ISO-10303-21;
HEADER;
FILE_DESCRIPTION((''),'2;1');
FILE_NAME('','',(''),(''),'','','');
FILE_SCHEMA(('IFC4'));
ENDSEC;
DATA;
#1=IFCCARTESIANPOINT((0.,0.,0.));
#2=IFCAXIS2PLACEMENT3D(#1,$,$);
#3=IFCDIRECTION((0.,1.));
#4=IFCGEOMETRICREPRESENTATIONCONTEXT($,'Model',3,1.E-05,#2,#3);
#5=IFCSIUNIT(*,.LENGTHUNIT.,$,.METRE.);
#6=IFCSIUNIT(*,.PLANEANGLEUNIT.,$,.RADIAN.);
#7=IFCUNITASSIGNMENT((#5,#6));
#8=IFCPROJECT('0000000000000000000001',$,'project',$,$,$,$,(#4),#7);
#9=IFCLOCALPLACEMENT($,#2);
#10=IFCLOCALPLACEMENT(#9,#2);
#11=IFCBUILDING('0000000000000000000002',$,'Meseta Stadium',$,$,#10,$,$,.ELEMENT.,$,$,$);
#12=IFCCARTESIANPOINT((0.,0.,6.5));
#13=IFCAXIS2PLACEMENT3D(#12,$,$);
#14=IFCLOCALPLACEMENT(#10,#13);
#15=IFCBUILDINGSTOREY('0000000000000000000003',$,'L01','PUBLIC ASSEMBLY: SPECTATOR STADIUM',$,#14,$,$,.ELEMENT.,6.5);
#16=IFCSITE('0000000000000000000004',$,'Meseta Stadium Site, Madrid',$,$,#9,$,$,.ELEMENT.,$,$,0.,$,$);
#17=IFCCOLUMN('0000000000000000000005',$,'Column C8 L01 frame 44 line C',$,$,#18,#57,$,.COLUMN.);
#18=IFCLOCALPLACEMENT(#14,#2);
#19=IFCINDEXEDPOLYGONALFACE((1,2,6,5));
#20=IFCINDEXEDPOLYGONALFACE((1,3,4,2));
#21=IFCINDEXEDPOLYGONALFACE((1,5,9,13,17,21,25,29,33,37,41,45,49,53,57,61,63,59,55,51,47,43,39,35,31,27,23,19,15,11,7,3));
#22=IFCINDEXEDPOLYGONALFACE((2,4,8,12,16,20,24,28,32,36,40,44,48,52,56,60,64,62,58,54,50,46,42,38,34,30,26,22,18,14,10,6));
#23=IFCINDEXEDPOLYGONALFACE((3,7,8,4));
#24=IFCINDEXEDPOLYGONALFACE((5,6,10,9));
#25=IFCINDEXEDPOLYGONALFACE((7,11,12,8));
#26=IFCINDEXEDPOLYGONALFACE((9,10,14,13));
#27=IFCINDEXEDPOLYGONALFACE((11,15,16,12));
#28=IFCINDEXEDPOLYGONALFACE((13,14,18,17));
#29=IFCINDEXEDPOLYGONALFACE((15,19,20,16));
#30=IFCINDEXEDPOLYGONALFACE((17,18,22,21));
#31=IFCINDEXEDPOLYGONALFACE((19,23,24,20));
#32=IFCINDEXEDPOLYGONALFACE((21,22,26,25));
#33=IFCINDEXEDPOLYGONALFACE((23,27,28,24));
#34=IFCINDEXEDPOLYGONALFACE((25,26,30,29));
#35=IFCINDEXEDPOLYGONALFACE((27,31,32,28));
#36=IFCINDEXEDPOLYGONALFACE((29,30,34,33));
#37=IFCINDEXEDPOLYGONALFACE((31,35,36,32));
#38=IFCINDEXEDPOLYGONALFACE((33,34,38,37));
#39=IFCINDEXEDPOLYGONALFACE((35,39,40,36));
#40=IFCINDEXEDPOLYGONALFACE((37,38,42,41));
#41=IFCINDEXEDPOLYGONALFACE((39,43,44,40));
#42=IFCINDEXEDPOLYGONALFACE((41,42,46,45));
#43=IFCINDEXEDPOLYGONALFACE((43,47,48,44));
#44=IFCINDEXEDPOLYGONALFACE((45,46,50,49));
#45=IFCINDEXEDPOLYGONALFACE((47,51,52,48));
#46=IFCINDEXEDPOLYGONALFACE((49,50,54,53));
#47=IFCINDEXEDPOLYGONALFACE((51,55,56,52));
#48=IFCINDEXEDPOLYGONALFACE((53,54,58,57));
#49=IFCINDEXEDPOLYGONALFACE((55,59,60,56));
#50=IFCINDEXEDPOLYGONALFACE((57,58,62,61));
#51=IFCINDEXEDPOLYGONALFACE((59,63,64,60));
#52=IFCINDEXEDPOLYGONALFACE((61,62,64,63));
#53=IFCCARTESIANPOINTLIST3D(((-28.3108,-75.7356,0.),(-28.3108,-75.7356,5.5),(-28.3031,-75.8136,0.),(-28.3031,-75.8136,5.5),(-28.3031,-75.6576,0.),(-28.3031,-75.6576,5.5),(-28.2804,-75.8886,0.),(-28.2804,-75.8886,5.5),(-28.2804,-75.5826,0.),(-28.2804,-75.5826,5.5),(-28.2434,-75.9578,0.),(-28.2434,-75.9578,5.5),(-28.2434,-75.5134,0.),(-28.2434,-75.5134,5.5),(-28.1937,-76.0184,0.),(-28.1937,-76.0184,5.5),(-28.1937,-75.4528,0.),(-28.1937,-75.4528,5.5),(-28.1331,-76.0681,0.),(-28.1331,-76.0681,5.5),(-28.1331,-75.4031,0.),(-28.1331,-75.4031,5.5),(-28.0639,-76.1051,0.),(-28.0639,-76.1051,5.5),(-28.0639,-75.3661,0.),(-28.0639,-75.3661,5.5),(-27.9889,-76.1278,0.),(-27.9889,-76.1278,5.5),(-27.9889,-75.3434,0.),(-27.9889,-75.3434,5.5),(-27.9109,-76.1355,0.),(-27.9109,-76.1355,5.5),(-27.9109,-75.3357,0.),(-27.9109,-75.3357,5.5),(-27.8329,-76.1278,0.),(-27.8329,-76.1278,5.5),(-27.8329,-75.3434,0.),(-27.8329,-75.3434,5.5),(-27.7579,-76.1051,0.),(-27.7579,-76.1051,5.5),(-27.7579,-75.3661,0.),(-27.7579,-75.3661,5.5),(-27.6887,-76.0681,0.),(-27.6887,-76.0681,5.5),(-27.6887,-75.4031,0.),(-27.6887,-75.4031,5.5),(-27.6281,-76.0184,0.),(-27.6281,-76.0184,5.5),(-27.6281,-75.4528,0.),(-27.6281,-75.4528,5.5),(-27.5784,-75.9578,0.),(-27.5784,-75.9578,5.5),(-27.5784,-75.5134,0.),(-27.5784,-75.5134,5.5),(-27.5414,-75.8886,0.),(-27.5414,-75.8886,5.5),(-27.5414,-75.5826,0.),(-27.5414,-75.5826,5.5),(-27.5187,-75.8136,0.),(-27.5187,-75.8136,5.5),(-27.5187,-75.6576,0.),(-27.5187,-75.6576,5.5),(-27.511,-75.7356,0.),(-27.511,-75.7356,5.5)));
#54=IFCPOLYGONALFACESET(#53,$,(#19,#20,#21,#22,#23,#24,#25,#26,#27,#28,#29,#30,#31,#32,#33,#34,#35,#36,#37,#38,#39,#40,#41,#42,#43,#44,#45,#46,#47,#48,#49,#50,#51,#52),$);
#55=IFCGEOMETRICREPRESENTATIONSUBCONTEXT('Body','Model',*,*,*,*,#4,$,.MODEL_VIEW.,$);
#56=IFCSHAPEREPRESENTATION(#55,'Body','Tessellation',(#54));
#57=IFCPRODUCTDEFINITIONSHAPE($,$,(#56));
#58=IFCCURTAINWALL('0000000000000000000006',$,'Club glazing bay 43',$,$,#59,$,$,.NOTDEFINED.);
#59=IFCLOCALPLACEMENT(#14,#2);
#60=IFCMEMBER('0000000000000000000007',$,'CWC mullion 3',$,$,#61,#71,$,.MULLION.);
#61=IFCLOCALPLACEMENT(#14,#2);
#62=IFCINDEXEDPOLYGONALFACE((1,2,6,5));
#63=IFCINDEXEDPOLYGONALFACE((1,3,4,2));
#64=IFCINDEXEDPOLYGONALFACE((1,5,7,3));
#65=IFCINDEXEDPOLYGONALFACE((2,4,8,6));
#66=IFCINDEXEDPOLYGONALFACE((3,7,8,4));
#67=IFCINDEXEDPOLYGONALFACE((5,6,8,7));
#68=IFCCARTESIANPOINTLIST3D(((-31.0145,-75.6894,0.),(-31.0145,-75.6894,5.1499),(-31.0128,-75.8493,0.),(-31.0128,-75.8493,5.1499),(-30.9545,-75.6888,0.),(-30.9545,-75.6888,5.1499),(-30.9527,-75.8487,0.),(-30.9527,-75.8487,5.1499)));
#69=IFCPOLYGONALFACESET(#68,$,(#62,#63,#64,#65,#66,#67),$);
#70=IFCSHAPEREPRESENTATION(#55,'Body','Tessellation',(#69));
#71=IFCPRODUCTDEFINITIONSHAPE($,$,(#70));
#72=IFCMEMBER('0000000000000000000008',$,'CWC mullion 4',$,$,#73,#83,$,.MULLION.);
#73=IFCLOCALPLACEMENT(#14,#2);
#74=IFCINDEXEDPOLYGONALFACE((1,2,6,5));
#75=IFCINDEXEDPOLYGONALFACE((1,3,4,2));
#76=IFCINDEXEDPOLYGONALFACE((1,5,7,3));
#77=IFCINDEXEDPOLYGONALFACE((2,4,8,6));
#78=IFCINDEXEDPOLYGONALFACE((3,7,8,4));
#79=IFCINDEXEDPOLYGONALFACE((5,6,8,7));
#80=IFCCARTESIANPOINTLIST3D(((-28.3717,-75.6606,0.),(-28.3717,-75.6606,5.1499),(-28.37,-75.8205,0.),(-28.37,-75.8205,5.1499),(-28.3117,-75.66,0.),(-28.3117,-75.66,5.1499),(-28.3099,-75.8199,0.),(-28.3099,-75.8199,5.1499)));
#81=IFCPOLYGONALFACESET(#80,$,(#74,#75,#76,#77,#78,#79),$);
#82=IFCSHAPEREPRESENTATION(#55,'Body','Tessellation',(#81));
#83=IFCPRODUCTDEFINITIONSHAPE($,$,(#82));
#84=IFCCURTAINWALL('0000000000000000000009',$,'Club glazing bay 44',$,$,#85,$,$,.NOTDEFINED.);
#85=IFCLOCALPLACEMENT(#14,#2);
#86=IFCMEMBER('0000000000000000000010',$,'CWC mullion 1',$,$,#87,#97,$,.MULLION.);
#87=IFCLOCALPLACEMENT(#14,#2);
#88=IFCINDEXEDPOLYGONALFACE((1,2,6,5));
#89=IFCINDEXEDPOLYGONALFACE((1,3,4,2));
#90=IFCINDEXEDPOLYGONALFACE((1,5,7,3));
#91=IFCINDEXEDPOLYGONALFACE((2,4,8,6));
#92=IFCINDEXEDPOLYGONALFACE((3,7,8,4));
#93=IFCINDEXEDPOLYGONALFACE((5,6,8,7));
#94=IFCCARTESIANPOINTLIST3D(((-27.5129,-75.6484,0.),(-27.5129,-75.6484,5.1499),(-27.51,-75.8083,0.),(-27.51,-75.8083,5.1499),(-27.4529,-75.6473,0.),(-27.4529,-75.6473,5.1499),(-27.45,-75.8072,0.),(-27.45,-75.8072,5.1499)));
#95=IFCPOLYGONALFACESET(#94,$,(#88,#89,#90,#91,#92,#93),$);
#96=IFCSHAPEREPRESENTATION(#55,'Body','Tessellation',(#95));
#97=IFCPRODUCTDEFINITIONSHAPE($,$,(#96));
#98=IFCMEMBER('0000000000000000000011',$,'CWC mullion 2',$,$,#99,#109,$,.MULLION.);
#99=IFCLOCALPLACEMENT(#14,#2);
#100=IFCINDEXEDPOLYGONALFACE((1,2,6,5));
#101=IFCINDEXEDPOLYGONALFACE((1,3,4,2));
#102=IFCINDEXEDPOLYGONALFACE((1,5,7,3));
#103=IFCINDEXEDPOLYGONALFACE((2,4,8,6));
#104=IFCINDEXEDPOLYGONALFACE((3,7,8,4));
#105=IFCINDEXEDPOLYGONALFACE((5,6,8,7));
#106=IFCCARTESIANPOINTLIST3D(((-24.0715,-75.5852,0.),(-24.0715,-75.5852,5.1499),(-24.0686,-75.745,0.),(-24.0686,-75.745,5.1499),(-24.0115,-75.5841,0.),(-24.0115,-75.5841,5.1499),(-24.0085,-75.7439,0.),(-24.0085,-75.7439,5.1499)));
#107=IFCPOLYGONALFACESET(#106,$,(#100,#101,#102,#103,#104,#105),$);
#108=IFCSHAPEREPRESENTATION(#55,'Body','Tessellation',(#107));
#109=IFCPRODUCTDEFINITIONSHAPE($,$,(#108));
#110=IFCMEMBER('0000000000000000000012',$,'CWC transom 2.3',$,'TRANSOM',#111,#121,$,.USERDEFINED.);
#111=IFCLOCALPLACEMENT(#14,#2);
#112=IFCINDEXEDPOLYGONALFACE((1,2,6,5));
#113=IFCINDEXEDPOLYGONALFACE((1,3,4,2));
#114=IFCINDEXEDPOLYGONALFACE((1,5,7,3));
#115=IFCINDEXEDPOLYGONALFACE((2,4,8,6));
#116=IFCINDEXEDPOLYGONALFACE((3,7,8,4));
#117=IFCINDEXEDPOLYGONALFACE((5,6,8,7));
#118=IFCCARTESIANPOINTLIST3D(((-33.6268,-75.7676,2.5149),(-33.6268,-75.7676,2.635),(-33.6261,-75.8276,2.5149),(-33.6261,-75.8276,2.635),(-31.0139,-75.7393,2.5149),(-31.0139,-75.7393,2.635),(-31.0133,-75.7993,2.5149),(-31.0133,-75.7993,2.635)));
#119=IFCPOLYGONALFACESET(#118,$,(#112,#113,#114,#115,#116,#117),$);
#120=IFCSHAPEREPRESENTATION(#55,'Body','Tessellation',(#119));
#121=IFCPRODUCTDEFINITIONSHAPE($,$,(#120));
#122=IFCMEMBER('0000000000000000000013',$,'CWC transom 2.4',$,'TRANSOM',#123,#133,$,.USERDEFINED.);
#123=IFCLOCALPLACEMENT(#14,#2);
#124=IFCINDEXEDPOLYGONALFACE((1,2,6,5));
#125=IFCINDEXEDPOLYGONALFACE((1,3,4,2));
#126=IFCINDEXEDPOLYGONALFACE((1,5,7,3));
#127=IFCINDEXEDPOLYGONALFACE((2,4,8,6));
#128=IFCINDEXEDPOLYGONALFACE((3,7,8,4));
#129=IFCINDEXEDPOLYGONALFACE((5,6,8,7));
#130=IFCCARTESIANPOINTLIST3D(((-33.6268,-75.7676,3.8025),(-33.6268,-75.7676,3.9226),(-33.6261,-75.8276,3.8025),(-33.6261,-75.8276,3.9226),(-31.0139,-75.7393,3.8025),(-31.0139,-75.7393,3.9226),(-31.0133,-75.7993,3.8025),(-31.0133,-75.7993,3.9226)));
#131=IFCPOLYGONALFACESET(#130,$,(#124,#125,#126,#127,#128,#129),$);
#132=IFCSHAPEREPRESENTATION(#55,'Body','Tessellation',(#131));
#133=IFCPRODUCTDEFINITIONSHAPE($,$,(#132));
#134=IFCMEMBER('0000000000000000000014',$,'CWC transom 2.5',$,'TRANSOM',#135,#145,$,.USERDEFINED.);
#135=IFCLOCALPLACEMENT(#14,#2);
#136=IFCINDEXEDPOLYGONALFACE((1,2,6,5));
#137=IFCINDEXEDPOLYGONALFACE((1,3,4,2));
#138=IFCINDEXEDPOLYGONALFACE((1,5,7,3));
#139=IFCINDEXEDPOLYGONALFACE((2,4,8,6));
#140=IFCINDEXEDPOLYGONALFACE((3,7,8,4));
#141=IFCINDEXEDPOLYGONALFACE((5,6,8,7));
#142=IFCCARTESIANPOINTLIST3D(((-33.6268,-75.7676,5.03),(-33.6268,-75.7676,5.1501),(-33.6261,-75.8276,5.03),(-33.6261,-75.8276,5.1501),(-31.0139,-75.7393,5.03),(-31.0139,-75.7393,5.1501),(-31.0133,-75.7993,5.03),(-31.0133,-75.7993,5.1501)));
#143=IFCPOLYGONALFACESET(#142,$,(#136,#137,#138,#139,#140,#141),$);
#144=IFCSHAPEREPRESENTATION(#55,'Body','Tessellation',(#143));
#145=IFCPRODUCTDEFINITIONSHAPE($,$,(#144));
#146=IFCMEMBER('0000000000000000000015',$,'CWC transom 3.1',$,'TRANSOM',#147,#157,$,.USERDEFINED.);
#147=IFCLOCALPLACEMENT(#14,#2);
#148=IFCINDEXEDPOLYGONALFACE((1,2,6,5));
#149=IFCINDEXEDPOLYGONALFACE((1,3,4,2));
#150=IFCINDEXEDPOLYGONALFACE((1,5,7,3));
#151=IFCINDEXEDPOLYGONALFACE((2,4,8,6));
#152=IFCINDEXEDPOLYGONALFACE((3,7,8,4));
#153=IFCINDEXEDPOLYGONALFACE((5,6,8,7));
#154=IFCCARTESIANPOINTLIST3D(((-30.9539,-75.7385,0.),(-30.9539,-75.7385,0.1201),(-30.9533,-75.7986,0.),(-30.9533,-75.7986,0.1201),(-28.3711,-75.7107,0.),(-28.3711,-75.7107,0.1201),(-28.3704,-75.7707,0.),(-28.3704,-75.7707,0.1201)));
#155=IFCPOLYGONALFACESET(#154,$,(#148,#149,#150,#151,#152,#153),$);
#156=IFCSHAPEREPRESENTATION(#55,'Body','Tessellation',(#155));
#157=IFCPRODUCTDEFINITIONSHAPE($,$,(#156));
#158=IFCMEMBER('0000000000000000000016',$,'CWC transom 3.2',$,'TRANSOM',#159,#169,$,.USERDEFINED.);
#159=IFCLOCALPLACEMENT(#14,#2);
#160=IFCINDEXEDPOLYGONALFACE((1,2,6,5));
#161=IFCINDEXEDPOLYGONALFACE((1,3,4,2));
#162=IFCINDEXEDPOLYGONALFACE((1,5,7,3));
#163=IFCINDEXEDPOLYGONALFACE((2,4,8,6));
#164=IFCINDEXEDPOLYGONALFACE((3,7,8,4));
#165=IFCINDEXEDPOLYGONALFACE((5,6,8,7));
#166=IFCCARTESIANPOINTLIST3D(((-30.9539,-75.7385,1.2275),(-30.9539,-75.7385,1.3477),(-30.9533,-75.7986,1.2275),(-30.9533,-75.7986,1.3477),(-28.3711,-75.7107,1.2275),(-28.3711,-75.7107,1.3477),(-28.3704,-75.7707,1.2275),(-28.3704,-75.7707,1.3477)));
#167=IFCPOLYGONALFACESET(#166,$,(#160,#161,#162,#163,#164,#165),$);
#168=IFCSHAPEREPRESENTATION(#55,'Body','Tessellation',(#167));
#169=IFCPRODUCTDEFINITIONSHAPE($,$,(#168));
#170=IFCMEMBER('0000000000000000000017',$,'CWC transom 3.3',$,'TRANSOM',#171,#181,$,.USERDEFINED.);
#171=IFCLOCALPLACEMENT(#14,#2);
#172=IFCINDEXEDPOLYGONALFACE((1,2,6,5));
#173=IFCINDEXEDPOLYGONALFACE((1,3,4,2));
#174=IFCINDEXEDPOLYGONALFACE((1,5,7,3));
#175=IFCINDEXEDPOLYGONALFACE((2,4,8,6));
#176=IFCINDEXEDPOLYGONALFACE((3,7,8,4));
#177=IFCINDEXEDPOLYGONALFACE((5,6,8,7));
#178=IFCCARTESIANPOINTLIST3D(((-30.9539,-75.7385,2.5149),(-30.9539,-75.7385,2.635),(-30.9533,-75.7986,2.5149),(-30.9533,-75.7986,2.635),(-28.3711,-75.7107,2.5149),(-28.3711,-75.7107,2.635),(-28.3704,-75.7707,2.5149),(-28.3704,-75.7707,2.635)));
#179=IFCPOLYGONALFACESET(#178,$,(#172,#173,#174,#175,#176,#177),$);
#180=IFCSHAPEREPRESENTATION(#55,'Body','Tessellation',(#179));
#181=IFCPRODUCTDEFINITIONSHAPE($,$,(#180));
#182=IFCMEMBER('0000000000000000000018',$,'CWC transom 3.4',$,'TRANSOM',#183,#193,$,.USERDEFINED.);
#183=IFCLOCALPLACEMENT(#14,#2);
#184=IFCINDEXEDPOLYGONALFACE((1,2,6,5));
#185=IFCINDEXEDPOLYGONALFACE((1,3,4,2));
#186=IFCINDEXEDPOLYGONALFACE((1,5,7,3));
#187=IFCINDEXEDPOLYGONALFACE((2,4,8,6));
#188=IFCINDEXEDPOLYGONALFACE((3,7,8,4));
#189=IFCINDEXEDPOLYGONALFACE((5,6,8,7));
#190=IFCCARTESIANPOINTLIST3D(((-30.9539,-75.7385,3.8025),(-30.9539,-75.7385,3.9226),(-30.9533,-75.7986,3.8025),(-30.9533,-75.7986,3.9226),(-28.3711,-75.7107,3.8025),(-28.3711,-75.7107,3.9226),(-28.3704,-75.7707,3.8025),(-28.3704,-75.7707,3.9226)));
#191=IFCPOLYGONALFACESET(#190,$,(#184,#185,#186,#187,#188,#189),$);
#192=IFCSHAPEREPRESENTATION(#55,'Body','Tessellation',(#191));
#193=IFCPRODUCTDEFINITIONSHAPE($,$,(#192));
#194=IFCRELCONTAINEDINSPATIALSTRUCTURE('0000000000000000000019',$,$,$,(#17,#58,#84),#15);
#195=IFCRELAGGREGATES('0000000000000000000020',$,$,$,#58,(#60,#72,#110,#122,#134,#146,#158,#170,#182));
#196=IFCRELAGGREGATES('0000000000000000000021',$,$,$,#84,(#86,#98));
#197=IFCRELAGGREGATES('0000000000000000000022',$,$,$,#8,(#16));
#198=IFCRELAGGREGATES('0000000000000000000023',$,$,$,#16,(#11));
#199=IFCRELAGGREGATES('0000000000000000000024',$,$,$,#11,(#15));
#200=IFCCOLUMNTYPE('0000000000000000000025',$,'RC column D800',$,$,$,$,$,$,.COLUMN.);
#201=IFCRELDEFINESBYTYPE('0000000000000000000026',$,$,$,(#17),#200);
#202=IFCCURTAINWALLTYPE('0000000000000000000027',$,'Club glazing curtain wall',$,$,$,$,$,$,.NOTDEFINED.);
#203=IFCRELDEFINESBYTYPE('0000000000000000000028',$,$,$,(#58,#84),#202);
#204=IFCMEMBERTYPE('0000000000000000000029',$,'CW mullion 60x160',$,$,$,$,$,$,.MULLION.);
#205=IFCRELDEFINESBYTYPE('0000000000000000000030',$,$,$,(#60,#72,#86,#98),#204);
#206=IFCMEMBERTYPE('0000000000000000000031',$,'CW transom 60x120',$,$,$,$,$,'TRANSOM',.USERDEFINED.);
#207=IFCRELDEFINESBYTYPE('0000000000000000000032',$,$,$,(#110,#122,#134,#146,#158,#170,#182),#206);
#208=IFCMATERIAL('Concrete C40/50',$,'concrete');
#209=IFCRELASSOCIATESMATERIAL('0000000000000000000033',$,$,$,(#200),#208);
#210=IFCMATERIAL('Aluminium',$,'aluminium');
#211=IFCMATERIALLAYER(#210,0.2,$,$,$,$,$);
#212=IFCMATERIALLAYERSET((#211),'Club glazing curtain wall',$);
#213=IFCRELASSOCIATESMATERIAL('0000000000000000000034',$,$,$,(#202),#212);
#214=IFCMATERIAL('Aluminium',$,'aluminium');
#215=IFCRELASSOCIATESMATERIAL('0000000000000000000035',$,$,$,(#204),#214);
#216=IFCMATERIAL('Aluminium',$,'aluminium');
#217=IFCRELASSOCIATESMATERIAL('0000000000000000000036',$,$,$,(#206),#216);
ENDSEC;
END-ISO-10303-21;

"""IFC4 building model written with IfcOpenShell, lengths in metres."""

from ifc_helpers import new_model, si_unit, direction, frame, origin, origin_2d, place, context, subcontext, project, spatial, rectangle, circle, extrude, material, layer, layer_set, material_profile, profile_set, type_object, element, aggregate, save


model = new_model("IFC4")

# Units and contexts
model_context = context("Model", 3, precision=1e-05, world=origin(), true_north=direction((0.0, 1.0)))
body_context = subcontext(model_context, "Body", "Model", "MODEL_VIEW")
ifc_project = project(units=[si_unit("LENGTHUNIT", "METRE"), si_unit("PLANEANGLEUNIT", "RADIAN")], contexts=[model_context])

# Site, building, storey
site_placement = place(None, origin())
site = spatial("IfcSite", under=ifc_project, at=site_placement, Name="Meseta Stadium Site, Madrid", CompositionType="ELEMENT", RefElevation=0.0)
building_placement = place(site_placement, origin())
building = spatial("IfcBuilding", under=site, at=building_placement, Name="Meseta Stadium", CompositionType="ELEMENT")
storey_placement = place(building_placement, frame((0.0, 0.0, 6.5)))
storey = spatial("IfcBuildingStorey", under=building, at=storey_placement, Name="L01", Description="PUBLIC ASSEMBLY: SPECTATOR STADIUM", CompositionType="ELEMENT", Elevation=6.5)

# Column
ifc_material_1 = material(Name="Concrete C40/50", Category="concrete")
ifc_material_profile_1 = material_profile(ifc_material_1, circle(Radius=0.3999, at=origin_2d()), Name="RC D800")
ifc_profile_set_1 = profile_set([ifc_material_profile_1], Name="Concrete C40/50")
column_type = type_object("IfcColumnType", Name="RC column D800", PredefinedType="COLUMN", material=ifc_profile_set_1)
column_placement = place(storey_placement, frame((-27.9109, -75.7356, 0.0), z_axis=(0.0, 0.0, 1.0), x_axis=(1.0, 0.0, 0.0)))
element("IfcColumn", 1, at=column_placement, inside=storey, type_object=column_type, Name="Column C8 L01 frame 44 line C", PredefinedType="COLUMN", context=body_context, shape_type="SweptSolid", body=[
    extrude(circle(Radius=0.3999, at=origin_2d()), origin(), (0.0, 0.0, 1.0), 5.5),
])

# Curtain walls, members
ifc_material_2 = material(Name="Aluminium", Category="aluminium")
ifc_layer_1 = layer(ifc_material_2, 0.2)
ifc_layer_set_1 = layer_set([ifc_layer_1], Name="Club glazing curtain wall")
curtain_wall_type = type_object("IfcCurtainWallType", Name="Club glazing curtain wall", PredefinedType="NOTDEFINED", material=ifc_layer_set_1)
curtain_wall_1_placement = place(storey_placement, origin())
curtain_wall_1 = element("IfcCurtainWall", 2, at=curtain_wall_1_placement, inside=storey, type_object=curtain_wall_type, Name="Club glazing bay 43", PredefinedType="NOTDEFINED")
ifc_material_3 = material(Name="Aluminium", Category="aluminium")
ifc_material_profile_2 = material_profile(ifc_material_3, rectangle(XDim=0.1599, YDim=0.0601, at=origin_2d()), Name="CW 160x60")
ifc_profile_set_2 = profile_set([ifc_material_profile_2], Name="Aluminium")
member_type_1 = type_object("IfcMemberType", Name="CW mullion 60x160", PredefinedType="MULLION", material=ifc_profile_set_2)
member_1_placement = place(storey_placement, frame((-30.9836, -75.769, 0.0), z_axis=(0.0, 0.0, 1.0), x_axis=(-0.010843, 0.999941, 0.0)))
member_1 = element("IfcMember", 3, at=member_1_placement, type_object=member_type_1, Name="CWC mullion 3", PredefinedType="MULLION", context=body_context, shape_type="SweptSolid", body=[
    extrude(rectangle(XDim=0.1599, YDim=0.0601, at=origin_2d()), origin(), (0.0, 0.0, 1.0), 5.1499),
])
member_2_placement = place(storey_placement, frame((-28.3408, -75.7402, 0.0), z_axis=(0.0, 0.0, 1.0), x_axis=(-0.010843, 0.999941, 0.0)))
member_2 = element("IfcMember", 4, at=member_2_placement, type_object=member_type_1, Name="CWC mullion 4", PredefinedType="MULLION", context=body_context, shape_type="SweptSolid", body=[
    extrude(rectangle(XDim=0.1599, YDim=0.0601, at=origin_2d()), origin(), (0.0, 0.0, 1.0), 5.1499),
])
curtain_wall_2_placement = place(storey_placement, origin())
curtain_wall_2 = element("IfcCurtainWall", 5, at=curtain_wall_2_placement, inside=storey, type_object=curtain_wall_type, Name="Club glazing bay 44", PredefinedType="NOTDEFINED")
member_3_placement = place(storey_placement, frame((-27.4814, -75.7278, 0.0), z_axis=(0.0, 0.0, 1.0), x_axis=(-0.018384, 0.999831, 0.0)))
member_3 = element("IfcMember", 6, at=member_3_placement, type_object=member_type_1, Name="CWC mullion 1", PredefinedType="MULLION", context=body_context, shape_type="SweptSolid", body=[
    extrude(rectangle(XDim=0.1599, YDim=0.0601, at=origin_2d()), origin(), (0.0, 0.0, 1.0), 5.1499),
])
member_4_placement = place(storey_placement, frame((-24.04, -75.6646, 0.0), z_axis=(0.0, 0.0, 1.0), x_axis=(-0.018384, 0.999831, 0.0)))
member_4 = element("IfcMember", 7, at=member_4_placement, type_object=member_type_1, Name="CWC mullion 2", PredefinedType="MULLION", context=body_context, shape_type="SweptSolid", body=[
    extrude(rectangle(XDim=0.1599, YDim=0.0601, at=origin_2d()), origin(), (0.0, 0.0, 1.0), 5.1499),
])

# Members
ifc_material_4 = material(Name="Aluminium", Category="aluminium")
ifc_material_profile_3 = material_profile(ifc_material_4, rectangle(XDim=0.0601, YDim=0.1201, at=origin_2d()), Name="CW 60x120")
ifc_profile_set_3 = profile_set([ifc_material_profile_3], Name="Aluminium")
member_type_2 = type_object("IfcMemberType", Name="CW transom 60x120", ElementType="TRANSOM", PredefinedType="USERDEFINED", material=ifc_profile_set_3)
member_5_placement = place(storey_placement, frame((-33.6265, -75.7976, 2.575), z_axis=(0.999941, 0.010838, 0.0), x_axis=(-0.010838, 0.999941, 0.0)))
member_5 = element("IfcMember", 8, at=member_5_placement, type_object=member_type_2, Name="CWC transom 2.3", ObjectType="TRANSOM", PredefinedType="USERDEFINED", context=body_context, shape_type="SweptSolid", body=[
    extrude(rectangle(XDim=0.0601, YDim=0.1201, at=origin_2d()), origin(), (0.0, 0.0, 1.0), 2.613),
])
member_6_placement = place(storey_placement, frame((-33.6265, -75.7976, 3.8625), z_axis=(0.999941, 0.010838, 0.0), x_axis=(-0.010838, 0.999941, 0.0)))
member_6 = element("IfcMember", 9, at=member_6_placement, type_object=member_type_2, Name="CWC transom 2.4", ObjectType="TRANSOM", PredefinedType="USERDEFINED", context=body_context, shape_type="SweptSolid", body=[
    extrude(rectangle(XDim=0.0601, YDim=0.1201, at=origin_2d()), origin(), (0.0, 0.0, 1.0), 2.613),
])
member_7_placement = place(storey_placement, frame((-33.6265, -75.7976, 5.0901), z_axis=(0.999941, 0.010838, 0.0), x_axis=(-0.010838, 0.999941, 0.0)))
member_7 = element("IfcMember", 10, at=member_7_placement, type_object=member_type_2, Name="CWC transom 2.5", ObjectType="TRANSOM", PredefinedType="USERDEFINED", context=body_context, shape_type="SweptSolid", body=[
    extrude(rectangle(XDim=0.0601, YDim=0.1201, at=origin_2d()), origin(), (0.0, 0.0, 1.0), 2.613),
])
member_8_placement = place(storey_placement, frame((-30.9536, -75.7686, 0.0601), z_axis=(0.999942, 0.010775, 0.0), x_axis=(-0.010775, 0.999942, 0.0)))
member_8 = element("IfcMember", 11, at=member_8_placement, type_object=member_type_2, Name="CWC transom 3.1", ObjectType="TRANSOM", PredefinedType="USERDEFINED", context=body_context, shape_type="SweptSolid", body=[
    extrude(rectangle(XDim=0.0601, YDim=0.1201, at=origin_2d()), origin(), (0.0, 0.0, 1.0), 2.583),
])
member_9_placement = place(storey_placement, frame((-30.9536, -75.7686, 1.2876), z_axis=(0.999942, 0.010775, 0.0), x_axis=(-0.010775, 0.999942, 0.0)))
member_9 = element("IfcMember", 12, at=member_9_placement, type_object=member_type_2, Name="CWC transom 3.2", ObjectType="TRANSOM", PredefinedType="USERDEFINED", context=body_context, shape_type="SweptSolid", body=[
    extrude(rectangle(XDim=0.0601, YDim=0.1201, at=origin_2d()), origin(), (0.0, 0.0, 1.0), 2.583),
])
member_10_placement = place(storey_placement, frame((-30.9536, -75.7686, 2.575), z_axis=(0.999942, 0.010775, 0.0), x_axis=(-0.010775, 0.999942, 0.0)))
member_10 = element("IfcMember", 13, at=member_10_placement, type_object=member_type_2, Name="CWC transom 3.3", ObjectType="TRANSOM", PredefinedType="USERDEFINED", context=body_context, shape_type="SweptSolid", body=[
    extrude(rectangle(XDim=0.0601, YDim=0.1201, at=origin_2d()), origin(), (0.0, 0.0, 1.0), 2.583),
])
member_11_placement = place(storey_placement, frame((-30.9536, -75.7686, 3.8625), z_axis=(0.999942, 0.010775, 0.0), x_axis=(-0.010775, 0.999942, 0.0)))
member_11 = element("IfcMember", 14, at=member_11_placement, type_object=member_type_2, Name="CWC transom 3.4", ObjectType="TRANSOM", PredefinedType="USERDEFINED", context=body_context, shape_type="SweptSolid", body=[
    extrude(rectangle(XDim=0.0601, YDim=0.1201, at=origin_2d()), origin(), (0.0, 0.0, 1.0), 2.583),
])

aggregate(curtain_wall_1, [member_1, member_2, member_5, member_6, member_7, member_8, member_9, member_10, member_11])
aggregate(curtain_wall_2, [member_3, member_4])

save(model, "model.ifc")
